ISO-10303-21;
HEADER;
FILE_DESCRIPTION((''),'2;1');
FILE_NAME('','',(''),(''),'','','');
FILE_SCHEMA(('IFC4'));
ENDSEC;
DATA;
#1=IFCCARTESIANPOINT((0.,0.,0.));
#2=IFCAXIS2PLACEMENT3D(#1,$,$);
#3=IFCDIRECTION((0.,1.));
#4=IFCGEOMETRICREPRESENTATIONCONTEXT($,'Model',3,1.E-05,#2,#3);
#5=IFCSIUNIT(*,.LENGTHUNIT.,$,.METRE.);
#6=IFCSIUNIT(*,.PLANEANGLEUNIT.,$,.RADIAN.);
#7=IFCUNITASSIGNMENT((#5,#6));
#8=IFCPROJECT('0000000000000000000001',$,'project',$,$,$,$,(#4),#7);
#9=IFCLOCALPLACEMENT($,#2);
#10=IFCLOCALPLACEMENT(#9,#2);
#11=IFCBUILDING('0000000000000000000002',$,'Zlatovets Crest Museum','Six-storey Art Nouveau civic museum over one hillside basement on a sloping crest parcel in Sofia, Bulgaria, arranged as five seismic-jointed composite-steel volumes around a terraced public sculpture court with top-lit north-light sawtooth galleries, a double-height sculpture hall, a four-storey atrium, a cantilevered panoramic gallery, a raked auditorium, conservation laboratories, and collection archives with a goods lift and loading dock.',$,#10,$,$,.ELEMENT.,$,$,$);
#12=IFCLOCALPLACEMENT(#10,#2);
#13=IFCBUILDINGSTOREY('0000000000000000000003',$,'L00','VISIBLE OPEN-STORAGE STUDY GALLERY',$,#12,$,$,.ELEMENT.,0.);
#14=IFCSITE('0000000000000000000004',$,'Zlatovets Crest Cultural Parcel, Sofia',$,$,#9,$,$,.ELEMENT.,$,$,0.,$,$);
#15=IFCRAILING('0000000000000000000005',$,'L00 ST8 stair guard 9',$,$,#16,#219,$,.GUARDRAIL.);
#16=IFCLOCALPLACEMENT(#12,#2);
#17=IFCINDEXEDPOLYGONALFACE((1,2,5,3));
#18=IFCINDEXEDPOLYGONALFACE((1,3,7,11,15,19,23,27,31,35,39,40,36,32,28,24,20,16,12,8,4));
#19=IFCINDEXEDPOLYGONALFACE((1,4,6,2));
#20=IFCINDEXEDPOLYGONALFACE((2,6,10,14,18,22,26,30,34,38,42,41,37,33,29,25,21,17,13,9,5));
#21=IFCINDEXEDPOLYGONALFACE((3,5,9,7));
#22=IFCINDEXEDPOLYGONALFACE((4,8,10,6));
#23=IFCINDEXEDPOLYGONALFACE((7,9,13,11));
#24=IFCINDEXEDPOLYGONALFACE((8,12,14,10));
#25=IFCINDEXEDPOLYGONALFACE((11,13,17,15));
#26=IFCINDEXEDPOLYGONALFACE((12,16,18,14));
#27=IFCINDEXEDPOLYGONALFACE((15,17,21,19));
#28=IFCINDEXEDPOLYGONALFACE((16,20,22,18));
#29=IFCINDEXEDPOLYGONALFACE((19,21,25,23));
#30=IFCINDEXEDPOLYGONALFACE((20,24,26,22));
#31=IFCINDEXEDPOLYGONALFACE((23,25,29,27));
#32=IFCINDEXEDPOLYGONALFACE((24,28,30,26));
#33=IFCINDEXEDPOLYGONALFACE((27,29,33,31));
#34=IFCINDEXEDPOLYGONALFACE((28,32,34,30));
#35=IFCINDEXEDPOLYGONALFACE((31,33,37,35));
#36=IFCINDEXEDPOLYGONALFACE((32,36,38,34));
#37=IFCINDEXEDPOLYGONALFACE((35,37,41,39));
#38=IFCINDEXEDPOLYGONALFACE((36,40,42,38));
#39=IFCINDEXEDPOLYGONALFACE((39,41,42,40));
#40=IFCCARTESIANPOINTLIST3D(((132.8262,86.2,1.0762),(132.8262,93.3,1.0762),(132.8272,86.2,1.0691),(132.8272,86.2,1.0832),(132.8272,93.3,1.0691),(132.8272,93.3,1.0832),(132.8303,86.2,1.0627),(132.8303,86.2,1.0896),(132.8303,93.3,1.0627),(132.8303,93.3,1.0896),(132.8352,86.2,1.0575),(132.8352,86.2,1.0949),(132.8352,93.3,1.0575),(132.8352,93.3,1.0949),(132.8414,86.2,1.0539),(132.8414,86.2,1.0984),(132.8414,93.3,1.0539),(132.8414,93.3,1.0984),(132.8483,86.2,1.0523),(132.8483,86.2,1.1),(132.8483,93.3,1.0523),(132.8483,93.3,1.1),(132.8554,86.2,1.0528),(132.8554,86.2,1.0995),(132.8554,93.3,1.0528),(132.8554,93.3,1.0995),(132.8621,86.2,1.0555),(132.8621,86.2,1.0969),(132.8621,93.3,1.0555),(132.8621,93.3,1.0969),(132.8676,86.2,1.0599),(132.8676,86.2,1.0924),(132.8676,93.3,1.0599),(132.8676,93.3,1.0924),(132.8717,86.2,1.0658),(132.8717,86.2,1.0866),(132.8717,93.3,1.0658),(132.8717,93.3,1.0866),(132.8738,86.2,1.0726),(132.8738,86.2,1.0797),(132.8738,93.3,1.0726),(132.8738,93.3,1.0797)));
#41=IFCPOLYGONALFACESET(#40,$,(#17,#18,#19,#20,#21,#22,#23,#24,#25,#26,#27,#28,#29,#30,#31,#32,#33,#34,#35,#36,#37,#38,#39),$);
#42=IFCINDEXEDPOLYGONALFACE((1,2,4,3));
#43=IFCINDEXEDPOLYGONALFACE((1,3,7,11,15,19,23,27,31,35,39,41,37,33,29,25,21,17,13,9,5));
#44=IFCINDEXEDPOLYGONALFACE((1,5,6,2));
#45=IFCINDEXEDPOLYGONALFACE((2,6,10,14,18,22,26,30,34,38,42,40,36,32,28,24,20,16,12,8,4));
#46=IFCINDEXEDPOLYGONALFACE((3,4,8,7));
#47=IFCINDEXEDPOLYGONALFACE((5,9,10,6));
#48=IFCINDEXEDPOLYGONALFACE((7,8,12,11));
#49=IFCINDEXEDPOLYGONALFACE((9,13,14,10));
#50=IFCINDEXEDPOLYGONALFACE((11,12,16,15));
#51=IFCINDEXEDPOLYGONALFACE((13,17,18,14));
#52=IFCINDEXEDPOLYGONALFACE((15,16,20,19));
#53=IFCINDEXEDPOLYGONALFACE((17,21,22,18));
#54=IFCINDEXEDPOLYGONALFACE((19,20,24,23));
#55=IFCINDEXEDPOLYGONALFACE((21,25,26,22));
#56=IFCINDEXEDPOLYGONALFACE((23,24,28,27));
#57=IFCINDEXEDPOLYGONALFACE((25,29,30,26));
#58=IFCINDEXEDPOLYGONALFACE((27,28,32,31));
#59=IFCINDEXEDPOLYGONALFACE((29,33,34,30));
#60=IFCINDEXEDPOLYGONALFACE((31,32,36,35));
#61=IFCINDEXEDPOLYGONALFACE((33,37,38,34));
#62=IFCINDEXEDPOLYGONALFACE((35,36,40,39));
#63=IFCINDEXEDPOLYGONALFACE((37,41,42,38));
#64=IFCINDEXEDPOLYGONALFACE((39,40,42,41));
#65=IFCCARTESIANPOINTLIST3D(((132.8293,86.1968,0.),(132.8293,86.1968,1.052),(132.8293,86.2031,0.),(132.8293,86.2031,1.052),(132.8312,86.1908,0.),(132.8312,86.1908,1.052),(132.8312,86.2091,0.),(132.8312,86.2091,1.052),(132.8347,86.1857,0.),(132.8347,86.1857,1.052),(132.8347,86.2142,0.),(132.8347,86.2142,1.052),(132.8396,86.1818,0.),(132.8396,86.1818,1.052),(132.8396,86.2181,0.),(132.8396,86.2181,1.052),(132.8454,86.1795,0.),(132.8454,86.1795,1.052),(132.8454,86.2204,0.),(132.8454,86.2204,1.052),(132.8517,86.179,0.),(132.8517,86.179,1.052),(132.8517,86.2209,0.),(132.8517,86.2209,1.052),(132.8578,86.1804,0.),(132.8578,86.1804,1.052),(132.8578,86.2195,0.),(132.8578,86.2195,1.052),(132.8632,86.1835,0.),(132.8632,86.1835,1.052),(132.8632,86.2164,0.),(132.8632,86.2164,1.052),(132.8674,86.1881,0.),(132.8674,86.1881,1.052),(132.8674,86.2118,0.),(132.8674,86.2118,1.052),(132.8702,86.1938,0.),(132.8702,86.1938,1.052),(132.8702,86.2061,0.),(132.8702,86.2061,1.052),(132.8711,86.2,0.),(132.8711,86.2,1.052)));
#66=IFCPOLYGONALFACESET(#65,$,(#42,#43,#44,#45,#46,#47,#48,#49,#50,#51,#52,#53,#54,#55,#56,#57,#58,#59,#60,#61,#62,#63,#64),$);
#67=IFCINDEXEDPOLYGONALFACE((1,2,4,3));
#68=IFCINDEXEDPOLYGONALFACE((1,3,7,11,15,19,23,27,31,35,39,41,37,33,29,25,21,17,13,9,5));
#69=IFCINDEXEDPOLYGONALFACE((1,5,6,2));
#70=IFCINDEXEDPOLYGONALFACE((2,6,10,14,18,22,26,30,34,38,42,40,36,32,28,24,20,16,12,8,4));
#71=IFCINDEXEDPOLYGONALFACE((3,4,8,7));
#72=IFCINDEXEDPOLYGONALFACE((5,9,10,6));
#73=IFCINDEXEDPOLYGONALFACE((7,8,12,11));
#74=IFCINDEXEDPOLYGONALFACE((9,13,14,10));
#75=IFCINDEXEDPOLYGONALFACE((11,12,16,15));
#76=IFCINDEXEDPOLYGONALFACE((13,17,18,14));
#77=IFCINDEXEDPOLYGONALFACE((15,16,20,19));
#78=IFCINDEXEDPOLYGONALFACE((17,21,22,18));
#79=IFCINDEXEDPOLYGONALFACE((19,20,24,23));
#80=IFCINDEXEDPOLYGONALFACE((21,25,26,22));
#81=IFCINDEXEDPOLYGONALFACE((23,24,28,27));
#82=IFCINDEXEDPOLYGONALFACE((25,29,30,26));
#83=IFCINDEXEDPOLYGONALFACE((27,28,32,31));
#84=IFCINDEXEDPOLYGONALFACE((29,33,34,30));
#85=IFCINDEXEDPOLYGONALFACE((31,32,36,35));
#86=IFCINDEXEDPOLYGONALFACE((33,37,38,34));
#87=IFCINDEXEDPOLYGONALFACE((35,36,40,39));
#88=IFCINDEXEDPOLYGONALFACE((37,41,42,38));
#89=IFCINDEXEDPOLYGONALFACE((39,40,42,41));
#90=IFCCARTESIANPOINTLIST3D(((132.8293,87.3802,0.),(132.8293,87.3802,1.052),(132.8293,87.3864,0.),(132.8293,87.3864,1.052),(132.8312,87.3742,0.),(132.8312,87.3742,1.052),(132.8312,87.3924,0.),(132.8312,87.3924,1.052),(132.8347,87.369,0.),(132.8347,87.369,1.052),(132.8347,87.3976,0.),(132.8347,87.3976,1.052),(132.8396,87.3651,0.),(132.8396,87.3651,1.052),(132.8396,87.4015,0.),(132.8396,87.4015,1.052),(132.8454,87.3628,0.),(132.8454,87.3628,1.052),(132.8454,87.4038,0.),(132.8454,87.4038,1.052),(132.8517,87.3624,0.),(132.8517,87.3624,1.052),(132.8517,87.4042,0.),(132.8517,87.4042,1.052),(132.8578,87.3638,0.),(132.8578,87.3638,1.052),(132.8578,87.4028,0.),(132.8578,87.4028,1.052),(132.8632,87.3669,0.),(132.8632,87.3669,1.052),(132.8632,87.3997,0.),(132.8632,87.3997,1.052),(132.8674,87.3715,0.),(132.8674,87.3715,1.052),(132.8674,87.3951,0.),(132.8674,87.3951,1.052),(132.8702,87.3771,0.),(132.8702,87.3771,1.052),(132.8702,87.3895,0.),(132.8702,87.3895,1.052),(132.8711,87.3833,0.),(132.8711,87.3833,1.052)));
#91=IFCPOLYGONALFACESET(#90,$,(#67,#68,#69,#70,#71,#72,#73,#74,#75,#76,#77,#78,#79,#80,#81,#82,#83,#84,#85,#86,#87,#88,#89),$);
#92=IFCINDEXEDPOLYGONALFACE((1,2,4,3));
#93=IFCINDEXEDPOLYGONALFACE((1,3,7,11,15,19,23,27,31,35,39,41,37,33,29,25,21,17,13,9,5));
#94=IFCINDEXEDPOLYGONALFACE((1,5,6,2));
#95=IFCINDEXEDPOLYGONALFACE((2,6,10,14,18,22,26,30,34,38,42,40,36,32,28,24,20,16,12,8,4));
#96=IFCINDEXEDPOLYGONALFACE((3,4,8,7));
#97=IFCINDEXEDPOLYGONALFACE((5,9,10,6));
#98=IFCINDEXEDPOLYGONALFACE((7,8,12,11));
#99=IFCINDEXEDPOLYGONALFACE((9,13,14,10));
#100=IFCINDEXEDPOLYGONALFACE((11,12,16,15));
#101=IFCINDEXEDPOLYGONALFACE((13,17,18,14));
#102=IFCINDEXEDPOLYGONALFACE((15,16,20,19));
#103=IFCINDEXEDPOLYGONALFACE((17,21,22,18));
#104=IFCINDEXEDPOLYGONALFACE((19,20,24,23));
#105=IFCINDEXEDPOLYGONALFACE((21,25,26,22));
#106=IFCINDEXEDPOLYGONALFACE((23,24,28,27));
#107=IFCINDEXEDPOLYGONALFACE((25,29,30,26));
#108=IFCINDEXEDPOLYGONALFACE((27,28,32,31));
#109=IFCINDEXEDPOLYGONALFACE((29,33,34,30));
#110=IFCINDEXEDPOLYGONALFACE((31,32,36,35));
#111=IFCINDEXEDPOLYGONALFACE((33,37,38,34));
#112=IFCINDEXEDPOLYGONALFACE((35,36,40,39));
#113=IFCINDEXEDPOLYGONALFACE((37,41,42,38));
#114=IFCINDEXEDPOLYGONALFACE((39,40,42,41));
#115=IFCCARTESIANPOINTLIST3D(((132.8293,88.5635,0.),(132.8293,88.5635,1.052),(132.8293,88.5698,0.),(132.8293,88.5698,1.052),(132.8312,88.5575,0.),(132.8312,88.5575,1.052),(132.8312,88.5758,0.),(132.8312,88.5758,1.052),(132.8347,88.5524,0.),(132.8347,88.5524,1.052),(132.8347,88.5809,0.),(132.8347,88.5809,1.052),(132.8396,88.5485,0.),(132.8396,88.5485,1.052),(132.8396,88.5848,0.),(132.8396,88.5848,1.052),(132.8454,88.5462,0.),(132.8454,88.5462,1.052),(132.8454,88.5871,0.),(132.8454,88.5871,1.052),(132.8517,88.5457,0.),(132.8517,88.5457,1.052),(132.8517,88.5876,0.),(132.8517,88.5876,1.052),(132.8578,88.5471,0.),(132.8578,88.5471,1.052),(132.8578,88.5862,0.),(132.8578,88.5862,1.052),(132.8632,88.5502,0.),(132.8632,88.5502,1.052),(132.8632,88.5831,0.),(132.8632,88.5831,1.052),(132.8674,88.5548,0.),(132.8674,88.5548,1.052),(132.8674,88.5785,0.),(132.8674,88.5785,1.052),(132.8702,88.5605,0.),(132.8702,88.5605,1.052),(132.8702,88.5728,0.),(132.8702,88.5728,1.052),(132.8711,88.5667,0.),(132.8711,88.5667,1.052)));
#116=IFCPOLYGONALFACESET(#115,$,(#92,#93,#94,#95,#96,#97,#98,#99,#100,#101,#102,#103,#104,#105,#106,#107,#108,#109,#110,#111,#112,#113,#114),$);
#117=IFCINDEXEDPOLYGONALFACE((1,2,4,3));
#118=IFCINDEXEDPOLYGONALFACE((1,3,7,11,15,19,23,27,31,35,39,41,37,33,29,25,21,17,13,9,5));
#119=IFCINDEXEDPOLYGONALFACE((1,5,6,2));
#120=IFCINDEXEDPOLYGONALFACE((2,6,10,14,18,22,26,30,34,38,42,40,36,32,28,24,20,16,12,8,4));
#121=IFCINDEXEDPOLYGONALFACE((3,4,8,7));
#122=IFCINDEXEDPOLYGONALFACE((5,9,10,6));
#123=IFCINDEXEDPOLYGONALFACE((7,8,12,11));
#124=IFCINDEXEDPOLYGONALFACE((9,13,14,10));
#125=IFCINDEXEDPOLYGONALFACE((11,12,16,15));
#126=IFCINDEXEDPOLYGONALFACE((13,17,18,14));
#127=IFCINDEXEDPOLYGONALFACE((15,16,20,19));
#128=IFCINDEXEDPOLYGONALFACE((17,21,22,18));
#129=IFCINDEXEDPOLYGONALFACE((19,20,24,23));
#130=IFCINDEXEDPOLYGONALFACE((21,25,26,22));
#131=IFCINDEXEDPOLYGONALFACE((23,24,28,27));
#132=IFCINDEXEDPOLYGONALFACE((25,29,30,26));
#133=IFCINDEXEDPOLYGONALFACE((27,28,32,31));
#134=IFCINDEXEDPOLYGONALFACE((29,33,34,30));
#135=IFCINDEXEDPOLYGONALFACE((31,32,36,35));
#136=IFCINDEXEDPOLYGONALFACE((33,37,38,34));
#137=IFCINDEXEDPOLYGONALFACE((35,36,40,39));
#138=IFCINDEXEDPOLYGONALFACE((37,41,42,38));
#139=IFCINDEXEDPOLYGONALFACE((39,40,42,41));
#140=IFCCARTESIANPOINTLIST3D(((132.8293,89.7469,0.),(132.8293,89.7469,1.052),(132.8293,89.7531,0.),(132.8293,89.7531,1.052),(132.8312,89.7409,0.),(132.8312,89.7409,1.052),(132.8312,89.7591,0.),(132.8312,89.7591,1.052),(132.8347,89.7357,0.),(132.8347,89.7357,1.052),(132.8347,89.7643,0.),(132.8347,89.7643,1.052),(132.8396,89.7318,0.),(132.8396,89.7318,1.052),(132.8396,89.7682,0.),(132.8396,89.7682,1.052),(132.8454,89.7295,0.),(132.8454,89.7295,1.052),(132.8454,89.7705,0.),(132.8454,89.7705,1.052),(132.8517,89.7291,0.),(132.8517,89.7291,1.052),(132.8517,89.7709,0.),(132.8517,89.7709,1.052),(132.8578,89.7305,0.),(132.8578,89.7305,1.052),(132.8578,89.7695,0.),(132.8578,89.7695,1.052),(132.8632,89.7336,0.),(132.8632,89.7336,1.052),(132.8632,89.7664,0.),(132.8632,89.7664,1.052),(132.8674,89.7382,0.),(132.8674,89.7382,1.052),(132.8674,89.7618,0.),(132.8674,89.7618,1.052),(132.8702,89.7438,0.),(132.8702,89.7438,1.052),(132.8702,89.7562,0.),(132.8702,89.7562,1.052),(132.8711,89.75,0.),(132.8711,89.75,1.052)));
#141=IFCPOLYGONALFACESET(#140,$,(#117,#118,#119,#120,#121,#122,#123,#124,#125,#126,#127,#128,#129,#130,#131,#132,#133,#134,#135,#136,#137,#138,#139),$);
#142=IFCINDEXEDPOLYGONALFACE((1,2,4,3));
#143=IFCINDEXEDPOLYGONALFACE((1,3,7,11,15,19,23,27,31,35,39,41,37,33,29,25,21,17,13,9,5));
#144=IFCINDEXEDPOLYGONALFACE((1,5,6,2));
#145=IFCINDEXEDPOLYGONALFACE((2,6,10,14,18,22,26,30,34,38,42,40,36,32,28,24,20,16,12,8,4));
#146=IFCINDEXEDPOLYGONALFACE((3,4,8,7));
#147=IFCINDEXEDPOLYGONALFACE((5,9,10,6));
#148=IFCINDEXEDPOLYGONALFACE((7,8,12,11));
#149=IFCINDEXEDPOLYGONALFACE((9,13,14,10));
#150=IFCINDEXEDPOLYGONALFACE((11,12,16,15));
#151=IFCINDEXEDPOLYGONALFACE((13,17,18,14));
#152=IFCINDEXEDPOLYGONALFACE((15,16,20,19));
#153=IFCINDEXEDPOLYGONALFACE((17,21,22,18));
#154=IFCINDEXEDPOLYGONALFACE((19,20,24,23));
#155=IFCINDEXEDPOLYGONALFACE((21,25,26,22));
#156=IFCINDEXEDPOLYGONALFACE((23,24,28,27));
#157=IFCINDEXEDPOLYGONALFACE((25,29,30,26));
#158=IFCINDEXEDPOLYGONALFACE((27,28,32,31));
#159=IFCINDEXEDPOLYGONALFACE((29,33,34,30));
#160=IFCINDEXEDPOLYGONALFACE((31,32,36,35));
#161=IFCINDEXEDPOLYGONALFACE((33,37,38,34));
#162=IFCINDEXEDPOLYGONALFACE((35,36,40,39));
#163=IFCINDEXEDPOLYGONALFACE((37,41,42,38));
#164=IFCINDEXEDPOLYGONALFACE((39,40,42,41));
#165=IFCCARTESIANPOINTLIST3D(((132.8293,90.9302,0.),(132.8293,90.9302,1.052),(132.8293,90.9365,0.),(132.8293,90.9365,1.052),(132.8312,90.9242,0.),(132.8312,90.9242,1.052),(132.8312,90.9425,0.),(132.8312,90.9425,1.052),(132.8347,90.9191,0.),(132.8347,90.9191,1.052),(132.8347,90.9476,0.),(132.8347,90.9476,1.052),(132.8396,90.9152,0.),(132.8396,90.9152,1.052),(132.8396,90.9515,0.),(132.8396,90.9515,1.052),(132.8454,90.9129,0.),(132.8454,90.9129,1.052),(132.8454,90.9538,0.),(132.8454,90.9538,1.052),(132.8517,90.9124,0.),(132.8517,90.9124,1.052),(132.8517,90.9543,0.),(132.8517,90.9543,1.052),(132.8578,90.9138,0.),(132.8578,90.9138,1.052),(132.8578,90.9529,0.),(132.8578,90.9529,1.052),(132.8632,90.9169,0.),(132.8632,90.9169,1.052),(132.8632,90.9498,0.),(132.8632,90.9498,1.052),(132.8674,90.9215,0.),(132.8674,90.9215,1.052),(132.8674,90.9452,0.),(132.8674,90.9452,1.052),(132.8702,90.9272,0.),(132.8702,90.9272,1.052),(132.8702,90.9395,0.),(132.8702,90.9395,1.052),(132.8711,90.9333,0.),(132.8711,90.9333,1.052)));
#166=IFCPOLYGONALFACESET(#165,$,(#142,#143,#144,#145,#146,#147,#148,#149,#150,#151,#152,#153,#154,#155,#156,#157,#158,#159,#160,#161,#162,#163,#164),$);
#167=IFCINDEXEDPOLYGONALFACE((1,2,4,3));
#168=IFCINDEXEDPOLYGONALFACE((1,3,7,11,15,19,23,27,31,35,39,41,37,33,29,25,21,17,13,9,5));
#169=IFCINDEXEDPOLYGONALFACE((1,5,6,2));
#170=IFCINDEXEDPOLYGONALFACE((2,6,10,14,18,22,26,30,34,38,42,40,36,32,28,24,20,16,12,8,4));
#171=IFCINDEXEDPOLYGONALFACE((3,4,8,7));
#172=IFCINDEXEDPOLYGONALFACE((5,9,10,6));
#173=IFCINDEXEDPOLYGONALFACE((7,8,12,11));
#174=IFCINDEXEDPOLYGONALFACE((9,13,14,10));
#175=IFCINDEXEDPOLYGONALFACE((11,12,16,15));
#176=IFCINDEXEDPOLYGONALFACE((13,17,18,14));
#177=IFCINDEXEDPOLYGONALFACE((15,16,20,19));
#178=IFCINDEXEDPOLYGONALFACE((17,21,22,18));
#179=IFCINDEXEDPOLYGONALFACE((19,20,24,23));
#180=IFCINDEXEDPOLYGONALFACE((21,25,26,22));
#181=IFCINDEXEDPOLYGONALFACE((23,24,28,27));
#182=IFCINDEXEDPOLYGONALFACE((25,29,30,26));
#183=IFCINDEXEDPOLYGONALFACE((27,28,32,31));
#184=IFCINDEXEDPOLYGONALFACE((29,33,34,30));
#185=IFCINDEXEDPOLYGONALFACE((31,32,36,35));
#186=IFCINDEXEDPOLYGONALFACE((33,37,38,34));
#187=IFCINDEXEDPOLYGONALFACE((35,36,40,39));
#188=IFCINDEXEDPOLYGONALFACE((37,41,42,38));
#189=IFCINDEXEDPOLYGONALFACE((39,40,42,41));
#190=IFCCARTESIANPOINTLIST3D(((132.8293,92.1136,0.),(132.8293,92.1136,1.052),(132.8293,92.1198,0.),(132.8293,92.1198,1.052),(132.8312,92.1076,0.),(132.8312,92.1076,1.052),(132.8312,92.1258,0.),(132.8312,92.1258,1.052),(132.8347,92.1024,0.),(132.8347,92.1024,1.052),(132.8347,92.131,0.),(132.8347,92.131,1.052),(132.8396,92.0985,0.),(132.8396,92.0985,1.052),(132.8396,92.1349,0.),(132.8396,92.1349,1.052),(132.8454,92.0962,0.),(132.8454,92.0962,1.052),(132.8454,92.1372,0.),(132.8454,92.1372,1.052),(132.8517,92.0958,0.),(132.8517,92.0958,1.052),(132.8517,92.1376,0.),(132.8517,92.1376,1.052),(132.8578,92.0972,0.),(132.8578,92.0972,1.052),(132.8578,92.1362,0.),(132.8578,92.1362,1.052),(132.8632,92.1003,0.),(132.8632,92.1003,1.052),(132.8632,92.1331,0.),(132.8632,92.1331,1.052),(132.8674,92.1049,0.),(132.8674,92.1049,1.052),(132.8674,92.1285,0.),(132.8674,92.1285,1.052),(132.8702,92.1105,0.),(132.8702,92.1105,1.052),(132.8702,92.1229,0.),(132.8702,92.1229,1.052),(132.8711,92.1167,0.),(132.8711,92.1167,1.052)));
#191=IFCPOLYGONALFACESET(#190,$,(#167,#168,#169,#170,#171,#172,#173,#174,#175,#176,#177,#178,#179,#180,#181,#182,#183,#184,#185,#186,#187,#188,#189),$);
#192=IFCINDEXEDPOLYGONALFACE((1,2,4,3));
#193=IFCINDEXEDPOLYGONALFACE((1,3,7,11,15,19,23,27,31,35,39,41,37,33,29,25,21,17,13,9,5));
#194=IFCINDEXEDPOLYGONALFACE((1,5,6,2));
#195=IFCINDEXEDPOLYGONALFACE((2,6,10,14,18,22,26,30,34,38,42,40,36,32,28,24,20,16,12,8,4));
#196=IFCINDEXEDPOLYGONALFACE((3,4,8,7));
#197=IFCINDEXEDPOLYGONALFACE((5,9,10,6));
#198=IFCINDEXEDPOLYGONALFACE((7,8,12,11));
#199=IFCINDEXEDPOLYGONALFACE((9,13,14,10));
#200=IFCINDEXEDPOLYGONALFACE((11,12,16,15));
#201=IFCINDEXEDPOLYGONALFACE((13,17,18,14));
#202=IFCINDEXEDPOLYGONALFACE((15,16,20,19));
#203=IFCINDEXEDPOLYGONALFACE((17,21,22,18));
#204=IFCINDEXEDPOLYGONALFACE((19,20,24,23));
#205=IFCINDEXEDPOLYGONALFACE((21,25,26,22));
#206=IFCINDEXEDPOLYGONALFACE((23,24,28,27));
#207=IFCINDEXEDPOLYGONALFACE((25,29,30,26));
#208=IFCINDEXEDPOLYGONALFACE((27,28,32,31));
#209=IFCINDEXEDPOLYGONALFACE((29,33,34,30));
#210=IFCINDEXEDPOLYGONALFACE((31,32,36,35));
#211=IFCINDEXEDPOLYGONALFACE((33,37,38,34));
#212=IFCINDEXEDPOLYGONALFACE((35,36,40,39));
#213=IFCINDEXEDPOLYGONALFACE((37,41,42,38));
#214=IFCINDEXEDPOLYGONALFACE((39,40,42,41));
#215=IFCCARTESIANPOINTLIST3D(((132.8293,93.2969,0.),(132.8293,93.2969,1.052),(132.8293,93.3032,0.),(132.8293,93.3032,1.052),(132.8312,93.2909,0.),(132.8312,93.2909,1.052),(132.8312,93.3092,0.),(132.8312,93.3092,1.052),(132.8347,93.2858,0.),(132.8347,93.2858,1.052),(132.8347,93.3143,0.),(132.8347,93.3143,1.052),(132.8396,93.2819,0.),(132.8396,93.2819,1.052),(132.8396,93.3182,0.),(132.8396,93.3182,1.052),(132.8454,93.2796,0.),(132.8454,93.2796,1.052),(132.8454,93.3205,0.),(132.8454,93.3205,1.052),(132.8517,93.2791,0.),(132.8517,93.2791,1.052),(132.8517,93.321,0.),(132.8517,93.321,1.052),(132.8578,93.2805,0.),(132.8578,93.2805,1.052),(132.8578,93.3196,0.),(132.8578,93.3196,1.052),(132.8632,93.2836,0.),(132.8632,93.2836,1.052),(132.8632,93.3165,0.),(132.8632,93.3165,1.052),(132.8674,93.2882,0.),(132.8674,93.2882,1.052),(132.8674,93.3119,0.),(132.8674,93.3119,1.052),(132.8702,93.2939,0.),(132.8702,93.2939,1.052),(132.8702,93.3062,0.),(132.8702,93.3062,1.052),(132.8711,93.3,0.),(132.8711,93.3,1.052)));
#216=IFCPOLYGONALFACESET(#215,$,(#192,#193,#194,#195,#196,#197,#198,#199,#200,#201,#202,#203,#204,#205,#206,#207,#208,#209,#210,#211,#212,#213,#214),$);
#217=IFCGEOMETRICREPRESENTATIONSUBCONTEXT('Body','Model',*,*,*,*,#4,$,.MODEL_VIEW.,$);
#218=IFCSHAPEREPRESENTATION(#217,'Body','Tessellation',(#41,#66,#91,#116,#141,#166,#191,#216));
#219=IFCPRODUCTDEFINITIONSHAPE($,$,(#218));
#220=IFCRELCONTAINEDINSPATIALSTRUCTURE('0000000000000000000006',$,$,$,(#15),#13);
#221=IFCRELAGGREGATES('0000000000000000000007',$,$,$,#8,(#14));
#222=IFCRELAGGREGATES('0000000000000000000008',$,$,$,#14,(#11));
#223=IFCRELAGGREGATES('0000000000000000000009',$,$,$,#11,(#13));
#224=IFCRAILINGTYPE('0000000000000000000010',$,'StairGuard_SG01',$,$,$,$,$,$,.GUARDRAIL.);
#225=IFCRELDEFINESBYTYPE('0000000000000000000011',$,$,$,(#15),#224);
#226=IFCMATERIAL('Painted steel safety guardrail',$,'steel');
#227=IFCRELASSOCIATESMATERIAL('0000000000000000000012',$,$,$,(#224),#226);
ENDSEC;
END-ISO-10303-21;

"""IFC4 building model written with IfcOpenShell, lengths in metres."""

from ifc_helpers import new_model, si_unit, direction, frame, origin, origin_2d, place, context, subcontext, project, spatial, circle, extrude, material, type_object, element, save


model = new_model("IFC4")

# Units and contexts
model_context = context("Model", 3, precision=1e-05, world=origin(), true_north=direction((0.0, 1.0)))
body_context = subcontext(model_context, "Body", "Model", "MODEL_VIEW")
ifc_project = project(units=[si_unit("LENGTHUNIT", "METRE"), si_unit("PLANEANGLEUNIT", "RADIAN")], contexts=[model_context])

# Site, building, storey
site_placement = place(None, origin())
site = spatial("IfcSite", under=ifc_project, at=site_placement, Name="Zlatovets Crest Cultural Parcel, Sofia", CompositionType="ELEMENT", RefElevation=0.0)
building_placement = place(site_placement, origin())
building = spatial("IfcBuilding", under=site, at=building_placement, Name="Zlatovets Crest Museum", Description="Six-storey Art Nouveau civic museum over one hillside basement on a sloping crest parcel in Sofia, Bulgaria, arranged as five seismic-jointed composite-steel volumes around a terraced public sculpture court with top-lit north-light sawtooth galleries, a double-height sculpture hall, a four-storey atrium, a cantilevered panoramic gallery, a raked auditorium, conservation laboratories, and collection archives with a goods lift and loading dock.", CompositionType="ELEMENT")
storey_placement = place(building_placement, origin())
storey = spatial("IfcBuildingStorey", under=building, at=storey_placement, Name="L00", Description="VISIBLE OPEN-STORAGE STUDY GALLERY", CompositionType="ELEMENT", Elevation=0.0)

# Railing
ifc_material_1 = material(Name="Painted steel safety guardrail", Category="steel")
railing_type_1 = type_object("IfcRailingType", Name="StairGuard_SG01", PredefinedType="GUARDRAIL", material=ifc_material_1)
railing_1_placement = place(storey_placement, frame((132.8501, 86.2, 0.0)))
element("IfcRailing", 1, at=railing_1_placement, inside=storey, type_object=railing_type_1, Name="L00 ST8 stair guard 9", PredefinedType="GUARDRAIL", context=body_context, shape_type="SweptSolid", body=[
    extrude(circle(Radius=0.0239, at=origin_2d()), frame((0.0, 0.0, 1.0762), z_axis=(0.0, 1.0, 0.0), x_axis=(-1.0, 0.0, 0.0)), (0.0, 0.0, 1.0), 7.1001),
    extrude(circle(Radius=0.021, at=origin_2d()), origin(), (0.0, 0.0, 1.0), 1.052),
    extrude(circle(Radius=0.021, at=origin_2d()), frame((0.0, 1.1833, 0.0)), (0.0, 0.0, 1.0), 1.052),
    extrude(circle(Radius=0.021, at=origin_2d()), frame((0.0, 2.3667, 0.0)), (0.0, 0.0, 1.0), 1.052),
    extrude(circle(Radius=0.021, at=origin_2d()), frame((0.0, 3.55, 0.0)), (0.0, 0.0, 1.0), 1.052),
    extrude(circle(Radius=0.021, at=origin_2d()), frame((0.0, 4.7334, 0.0)), (0.0, 0.0, 1.0), 1.052),
    extrude(circle(Radius=0.021, at=origin_2d()), frame((0.0, 5.9167, 0.0)), (0.0, 0.0, 1.0), 1.052),
    extrude(circle(Radius=0.021, at=origin_2d()), frame((0.0, 7.1001, 0.0)), (0.0, 0.0, 1.0), 1.052),
])

save(model, "model.ifc")
